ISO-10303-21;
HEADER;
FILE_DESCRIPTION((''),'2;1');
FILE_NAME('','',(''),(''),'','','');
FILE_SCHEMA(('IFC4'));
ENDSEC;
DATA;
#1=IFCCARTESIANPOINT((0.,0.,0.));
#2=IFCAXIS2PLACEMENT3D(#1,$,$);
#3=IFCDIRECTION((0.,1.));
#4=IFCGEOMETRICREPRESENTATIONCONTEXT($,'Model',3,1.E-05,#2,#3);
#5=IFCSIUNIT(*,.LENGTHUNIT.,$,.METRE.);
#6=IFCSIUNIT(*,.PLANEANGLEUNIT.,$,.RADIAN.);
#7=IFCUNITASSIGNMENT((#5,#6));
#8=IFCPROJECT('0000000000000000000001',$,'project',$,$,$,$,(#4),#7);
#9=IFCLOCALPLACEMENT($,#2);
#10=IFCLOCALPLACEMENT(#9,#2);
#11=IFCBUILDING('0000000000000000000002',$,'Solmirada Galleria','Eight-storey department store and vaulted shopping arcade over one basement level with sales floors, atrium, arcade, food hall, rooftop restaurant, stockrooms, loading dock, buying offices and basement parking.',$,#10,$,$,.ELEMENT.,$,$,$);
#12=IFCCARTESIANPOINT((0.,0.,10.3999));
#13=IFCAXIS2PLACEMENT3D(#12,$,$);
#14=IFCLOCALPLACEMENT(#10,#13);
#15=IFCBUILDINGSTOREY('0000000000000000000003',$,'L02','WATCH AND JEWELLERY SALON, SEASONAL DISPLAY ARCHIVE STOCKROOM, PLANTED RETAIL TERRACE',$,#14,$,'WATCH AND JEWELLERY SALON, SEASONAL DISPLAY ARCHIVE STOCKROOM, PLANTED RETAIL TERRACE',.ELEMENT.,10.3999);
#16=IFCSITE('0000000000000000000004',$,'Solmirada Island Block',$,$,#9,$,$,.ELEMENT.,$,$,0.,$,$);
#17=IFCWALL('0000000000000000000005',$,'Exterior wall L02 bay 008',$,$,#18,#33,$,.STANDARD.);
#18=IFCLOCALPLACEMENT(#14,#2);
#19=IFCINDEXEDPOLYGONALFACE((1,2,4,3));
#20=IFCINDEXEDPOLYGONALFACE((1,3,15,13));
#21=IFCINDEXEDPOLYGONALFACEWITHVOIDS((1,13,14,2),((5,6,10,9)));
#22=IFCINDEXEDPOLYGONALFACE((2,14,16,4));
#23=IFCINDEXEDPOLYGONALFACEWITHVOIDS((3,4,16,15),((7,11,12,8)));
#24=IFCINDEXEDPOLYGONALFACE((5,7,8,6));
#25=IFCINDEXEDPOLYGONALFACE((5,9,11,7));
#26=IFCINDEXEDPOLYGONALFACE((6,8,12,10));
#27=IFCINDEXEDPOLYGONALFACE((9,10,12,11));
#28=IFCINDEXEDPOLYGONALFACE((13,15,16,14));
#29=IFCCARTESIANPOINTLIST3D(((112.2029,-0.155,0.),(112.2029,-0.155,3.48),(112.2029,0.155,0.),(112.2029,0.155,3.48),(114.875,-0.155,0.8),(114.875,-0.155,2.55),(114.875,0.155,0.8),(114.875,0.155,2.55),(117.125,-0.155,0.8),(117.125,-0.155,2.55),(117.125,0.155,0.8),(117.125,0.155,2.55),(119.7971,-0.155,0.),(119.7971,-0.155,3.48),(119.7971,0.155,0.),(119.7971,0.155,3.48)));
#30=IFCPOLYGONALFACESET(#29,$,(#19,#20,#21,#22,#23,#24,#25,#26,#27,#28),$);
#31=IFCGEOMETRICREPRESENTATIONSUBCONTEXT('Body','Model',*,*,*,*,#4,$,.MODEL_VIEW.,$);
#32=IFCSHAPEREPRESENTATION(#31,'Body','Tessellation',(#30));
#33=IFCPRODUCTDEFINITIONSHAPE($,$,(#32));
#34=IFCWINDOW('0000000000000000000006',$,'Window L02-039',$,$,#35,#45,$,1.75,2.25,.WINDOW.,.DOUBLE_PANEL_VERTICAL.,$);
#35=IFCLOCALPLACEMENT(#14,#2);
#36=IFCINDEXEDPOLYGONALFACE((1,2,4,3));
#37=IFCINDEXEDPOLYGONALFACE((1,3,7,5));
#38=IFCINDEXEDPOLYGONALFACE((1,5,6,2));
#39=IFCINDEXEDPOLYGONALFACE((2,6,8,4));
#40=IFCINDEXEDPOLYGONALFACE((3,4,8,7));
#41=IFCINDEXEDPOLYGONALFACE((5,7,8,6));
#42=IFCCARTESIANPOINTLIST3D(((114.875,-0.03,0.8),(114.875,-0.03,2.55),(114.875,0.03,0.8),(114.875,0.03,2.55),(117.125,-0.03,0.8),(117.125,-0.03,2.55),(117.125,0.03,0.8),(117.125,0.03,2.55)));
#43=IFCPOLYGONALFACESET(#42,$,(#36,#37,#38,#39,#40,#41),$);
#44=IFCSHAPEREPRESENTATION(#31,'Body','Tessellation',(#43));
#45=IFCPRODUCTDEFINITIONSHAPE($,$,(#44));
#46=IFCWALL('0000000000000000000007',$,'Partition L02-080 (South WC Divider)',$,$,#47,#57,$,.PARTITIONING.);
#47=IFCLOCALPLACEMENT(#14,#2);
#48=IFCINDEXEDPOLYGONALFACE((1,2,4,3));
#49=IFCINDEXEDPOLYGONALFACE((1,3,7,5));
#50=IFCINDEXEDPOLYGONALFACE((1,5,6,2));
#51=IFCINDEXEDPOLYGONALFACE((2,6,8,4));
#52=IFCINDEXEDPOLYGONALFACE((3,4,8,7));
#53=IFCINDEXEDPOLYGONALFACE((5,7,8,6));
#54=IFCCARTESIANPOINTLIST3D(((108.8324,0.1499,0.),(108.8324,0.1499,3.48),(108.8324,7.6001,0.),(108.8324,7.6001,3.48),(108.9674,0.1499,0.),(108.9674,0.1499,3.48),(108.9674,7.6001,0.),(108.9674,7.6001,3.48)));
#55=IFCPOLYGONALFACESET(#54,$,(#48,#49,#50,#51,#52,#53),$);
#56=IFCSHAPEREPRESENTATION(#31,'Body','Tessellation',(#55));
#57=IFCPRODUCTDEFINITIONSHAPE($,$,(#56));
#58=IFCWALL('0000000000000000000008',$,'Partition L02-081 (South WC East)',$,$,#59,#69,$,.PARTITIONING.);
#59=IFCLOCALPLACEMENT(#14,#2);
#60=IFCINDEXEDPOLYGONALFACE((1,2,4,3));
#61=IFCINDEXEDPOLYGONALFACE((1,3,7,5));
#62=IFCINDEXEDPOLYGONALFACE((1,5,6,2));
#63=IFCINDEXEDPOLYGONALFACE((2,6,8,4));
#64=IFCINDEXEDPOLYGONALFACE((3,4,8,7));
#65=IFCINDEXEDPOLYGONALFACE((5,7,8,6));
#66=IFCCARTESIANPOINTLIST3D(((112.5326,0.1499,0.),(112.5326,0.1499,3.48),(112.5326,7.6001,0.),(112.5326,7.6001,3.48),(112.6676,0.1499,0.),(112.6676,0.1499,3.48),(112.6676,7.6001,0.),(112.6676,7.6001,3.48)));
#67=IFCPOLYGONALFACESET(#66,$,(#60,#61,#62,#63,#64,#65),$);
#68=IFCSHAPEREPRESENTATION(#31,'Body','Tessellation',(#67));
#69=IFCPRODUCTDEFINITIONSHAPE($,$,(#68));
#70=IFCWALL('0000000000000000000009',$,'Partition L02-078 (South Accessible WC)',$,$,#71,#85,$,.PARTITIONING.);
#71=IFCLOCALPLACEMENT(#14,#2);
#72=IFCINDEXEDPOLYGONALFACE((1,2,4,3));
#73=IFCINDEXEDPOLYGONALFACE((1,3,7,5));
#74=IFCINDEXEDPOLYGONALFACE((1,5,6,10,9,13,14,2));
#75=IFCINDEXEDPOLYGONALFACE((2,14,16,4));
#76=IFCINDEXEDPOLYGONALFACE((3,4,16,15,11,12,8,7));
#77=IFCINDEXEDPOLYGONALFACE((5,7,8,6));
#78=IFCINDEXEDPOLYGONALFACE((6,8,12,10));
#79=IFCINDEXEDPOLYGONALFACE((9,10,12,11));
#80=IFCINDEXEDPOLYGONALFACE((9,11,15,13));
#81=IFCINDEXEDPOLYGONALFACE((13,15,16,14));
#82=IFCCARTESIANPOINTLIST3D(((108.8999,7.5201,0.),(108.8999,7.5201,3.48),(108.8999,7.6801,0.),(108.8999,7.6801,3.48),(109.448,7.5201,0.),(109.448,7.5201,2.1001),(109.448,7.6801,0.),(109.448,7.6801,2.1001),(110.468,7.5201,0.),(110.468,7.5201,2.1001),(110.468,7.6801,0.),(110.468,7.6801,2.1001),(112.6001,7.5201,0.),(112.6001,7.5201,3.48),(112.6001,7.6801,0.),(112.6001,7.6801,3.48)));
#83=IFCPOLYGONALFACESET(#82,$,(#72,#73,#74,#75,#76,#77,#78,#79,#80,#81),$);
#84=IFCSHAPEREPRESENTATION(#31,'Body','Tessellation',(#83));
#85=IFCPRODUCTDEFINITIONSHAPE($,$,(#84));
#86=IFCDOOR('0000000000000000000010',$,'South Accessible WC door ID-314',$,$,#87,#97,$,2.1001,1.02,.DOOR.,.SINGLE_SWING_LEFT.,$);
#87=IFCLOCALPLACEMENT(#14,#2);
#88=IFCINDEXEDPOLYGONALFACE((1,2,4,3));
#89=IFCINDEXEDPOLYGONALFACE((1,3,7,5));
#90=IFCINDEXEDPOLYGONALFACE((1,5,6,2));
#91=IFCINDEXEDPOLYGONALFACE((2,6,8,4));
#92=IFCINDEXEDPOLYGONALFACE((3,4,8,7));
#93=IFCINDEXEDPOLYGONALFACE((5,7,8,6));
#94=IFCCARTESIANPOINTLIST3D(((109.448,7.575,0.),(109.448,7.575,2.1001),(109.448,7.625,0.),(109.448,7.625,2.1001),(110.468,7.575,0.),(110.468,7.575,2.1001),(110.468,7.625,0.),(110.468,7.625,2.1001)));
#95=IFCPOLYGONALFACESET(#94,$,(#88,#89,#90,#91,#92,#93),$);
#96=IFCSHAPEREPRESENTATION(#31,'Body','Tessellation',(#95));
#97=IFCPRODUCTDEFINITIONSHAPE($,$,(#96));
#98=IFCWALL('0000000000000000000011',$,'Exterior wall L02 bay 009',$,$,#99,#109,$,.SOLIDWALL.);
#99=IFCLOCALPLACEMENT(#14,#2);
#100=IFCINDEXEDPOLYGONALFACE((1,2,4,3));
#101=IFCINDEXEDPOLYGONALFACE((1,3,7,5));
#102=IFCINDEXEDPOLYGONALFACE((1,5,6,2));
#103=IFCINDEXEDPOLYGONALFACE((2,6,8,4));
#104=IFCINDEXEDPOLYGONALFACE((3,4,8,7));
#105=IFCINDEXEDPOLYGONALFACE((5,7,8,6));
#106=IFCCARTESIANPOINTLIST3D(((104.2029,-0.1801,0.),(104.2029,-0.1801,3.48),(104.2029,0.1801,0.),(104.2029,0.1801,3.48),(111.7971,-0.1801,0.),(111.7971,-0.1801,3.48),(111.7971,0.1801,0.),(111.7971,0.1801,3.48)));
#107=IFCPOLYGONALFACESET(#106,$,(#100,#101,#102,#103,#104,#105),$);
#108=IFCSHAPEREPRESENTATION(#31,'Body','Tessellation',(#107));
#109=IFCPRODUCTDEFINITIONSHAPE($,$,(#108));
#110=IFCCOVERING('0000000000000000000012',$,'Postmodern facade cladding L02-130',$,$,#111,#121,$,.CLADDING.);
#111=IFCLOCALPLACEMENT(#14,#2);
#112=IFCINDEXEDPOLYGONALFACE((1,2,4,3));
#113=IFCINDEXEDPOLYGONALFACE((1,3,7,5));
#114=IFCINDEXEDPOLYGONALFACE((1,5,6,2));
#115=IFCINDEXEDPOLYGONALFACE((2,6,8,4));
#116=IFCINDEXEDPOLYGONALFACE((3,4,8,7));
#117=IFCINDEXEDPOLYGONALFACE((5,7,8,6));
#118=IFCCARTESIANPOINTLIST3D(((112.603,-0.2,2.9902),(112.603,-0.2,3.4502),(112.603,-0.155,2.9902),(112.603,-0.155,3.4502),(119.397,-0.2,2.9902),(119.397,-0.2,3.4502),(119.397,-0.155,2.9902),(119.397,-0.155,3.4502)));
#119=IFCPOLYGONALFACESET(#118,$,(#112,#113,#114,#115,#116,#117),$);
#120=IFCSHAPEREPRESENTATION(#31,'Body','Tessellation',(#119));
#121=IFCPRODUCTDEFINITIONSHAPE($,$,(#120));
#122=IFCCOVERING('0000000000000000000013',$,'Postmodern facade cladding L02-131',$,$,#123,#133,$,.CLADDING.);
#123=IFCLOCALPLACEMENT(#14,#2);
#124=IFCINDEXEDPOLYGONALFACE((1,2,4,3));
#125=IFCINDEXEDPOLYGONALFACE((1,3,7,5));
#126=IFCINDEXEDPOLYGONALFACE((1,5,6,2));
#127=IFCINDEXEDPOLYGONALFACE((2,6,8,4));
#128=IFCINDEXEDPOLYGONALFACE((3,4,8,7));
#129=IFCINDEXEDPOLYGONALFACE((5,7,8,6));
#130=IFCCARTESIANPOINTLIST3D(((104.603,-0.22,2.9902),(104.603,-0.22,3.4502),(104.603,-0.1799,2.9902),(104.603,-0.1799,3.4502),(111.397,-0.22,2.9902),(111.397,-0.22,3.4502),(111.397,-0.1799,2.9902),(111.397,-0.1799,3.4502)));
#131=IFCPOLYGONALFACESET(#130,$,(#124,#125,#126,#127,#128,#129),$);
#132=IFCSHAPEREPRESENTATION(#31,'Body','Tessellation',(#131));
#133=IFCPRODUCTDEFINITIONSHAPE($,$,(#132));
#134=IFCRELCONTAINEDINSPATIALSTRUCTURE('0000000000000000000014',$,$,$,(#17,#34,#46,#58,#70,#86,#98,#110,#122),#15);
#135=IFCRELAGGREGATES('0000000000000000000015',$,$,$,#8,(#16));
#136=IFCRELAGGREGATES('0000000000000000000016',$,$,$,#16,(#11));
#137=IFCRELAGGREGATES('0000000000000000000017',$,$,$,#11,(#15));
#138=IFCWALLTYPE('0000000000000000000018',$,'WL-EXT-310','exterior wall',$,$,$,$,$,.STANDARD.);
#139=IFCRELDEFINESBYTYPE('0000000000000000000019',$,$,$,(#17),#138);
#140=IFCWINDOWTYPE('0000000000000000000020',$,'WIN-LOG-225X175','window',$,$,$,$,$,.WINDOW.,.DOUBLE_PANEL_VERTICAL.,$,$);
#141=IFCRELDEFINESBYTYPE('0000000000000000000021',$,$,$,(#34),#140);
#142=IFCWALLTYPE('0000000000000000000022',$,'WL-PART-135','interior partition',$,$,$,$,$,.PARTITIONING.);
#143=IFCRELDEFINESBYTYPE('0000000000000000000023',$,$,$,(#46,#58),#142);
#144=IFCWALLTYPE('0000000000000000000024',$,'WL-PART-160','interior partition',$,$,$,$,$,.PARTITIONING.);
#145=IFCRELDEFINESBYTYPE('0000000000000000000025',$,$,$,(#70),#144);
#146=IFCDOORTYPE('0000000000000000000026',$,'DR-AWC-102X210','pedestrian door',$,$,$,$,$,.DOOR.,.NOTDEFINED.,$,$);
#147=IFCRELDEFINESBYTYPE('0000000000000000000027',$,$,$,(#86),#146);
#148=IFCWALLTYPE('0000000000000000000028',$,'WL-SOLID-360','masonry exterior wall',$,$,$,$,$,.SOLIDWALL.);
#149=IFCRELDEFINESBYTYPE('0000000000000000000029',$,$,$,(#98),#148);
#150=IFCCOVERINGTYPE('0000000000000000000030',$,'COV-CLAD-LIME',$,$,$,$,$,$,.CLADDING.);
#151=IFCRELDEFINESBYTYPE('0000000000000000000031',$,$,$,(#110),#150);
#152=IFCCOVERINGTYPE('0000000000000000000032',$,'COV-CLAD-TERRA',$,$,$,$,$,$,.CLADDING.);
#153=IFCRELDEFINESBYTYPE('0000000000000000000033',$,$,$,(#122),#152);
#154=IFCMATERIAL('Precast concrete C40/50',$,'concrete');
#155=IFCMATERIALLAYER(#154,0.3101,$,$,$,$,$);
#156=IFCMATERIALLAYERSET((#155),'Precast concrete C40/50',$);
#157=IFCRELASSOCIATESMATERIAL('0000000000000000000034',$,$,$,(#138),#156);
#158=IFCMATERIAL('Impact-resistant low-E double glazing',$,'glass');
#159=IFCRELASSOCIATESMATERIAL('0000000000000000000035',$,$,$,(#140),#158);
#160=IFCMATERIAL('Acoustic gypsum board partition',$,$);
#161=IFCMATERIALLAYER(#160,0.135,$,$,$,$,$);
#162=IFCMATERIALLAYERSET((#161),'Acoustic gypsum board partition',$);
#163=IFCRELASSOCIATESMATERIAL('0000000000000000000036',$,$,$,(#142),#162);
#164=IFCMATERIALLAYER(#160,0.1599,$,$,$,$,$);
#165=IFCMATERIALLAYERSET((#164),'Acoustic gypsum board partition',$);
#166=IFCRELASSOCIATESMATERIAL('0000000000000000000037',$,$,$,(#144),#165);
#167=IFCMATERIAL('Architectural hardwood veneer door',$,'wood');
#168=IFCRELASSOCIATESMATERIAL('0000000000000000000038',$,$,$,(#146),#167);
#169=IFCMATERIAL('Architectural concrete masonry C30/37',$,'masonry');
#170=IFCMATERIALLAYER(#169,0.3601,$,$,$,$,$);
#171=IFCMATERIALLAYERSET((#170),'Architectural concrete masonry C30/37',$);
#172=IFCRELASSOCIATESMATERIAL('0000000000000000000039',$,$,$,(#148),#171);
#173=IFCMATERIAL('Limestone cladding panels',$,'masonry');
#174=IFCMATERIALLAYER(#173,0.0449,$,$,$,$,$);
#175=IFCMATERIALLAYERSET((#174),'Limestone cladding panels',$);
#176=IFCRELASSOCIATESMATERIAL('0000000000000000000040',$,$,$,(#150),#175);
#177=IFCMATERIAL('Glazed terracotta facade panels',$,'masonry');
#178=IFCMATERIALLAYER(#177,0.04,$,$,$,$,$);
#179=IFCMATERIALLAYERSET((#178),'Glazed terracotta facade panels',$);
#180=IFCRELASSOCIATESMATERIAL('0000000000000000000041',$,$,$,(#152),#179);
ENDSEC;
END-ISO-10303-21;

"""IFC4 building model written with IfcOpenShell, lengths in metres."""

from ifc_helpers import new_model, si_unit, direction, frame, frame_2d, origin, origin_2d, place, context, subcontext, project, spatial, rectangle, extrude, material, layer, layer_set, type_object, element, fill, save


model = new_model("IFC4")

# Units and contexts
model_context = context("Model", 3, precision=1e-05, world=origin(), true_north=direction((0.0, 1.0)))
body_context = subcontext(model_context, "Body", "Model", "MODEL_VIEW")
ifc_project = project(units=[si_unit("LENGTHUNIT", "METRE"), si_unit("PLANEANGLEUNIT", "RADIAN")], contexts=[model_context])

# Site, building, storey
site_placement = place(None, origin())
site = spatial("IfcSite", under=ifc_project, at=site_placement, Name="Solmirada Island Block", CompositionType="ELEMENT", RefElevation=0.0)
building_placement = place(site_placement, origin())
building = spatial("IfcBuilding", under=site, at=building_placement, Name="Solmirada Galleria", Description="Eight-storey department store and vaulted shopping arcade over one basement level with sales floors, atrium, arcade, food hall, rooftop restaurant, stockrooms, loading dock, buying offices and basement parking.", CompositionType="ELEMENT")
storey_placement = place(building_placement, frame((0.0, 0.0, 10.3999)))
storey = spatial("IfcBuildingStorey", under=building, at=storey_placement, Name="L02", Description="WATCH AND JEWELLERY SALON, SEASONAL DISPLAY ARCHIVE STOCKROOM, PLANTED RETAIL TERRACE", LongName="WATCH AND JEWELLERY SALON, SEASONAL DISPLAY ARCHIVE STOCKROOM, PLANTED RETAIL TERRACE", CompositionType="ELEMENT", Elevation=10.3999)

# Shared definitions
ifc_material_1 = material(Name="Precast concrete C40/50", Category="concrete")

# Wall, opening, window
ifc_layer_1 = layer(ifc_material_1, 0.3101)
ifc_layer_set_1 = layer_set([ifc_layer_1], Name="Precast concrete C40/50")
wall_type_1 = type_object("IfcWallType", Name="WL-EXT-310", Description="exterior wall", PredefinedType="STANDARD", material=ifc_layer_set_1)
wall_1_placement = place(storey_placement, frame((119.7971, 0.0, 0.0), z_axis=(0.0, 0.0, 1.0), x_axis=(-1.0, 0.0, 0.0)))
wall_1 = element("IfcWall", 1, at=wall_1_placement, inside=storey, type_object=wall_type_1, Name="Exterior wall L02 bay 008", PredefinedType="STANDARD", context=body_context, shape_type="SweptSolid", body=[
    extrude(rectangle(XDim=7.5942, YDim=0.3101, at=frame_2d((3.7971, 0.0))), origin(), (0.0, 0.0, 1.0), 3.48),
])
opening_1_placement = place(wall_1_placement, frame((2.6721, 0.0, 0.8)))
opening_1 = element("IfcOpeningElement", 2, at=opening_1_placement, cuts=wall_1, PredefinedType="OPENING", context=body_context, shape_type="SweptSolid", body=[
    extrude(rectangle(XDim=2.25, YDim=1.75, at=frame_2d((1.125, 0.875))), frame((0.0, 0.165, 0.0), z_axis=(0.0, -1.0, 0.0), x_axis=(1.0, 0.0, 0.0)), (0.0, 0.0, 1.0), 0.3301),
])
ifc_material_2 = material(Name="Impact-resistant low-E double glazing", Category="glass")
window_type = type_object("IfcWindowType", Name="WIN-LOG-225X175", Description="window", PartitioningType="DOUBLE_PANEL_VERTICAL", PredefinedType="WINDOW", material=ifc_material_2)
window_placement = place(opening_1_placement, origin())
window = element("IfcWindow", 3, at=window_placement, inside=storey, type_object=window_type, Name="Window L02-039", OverallHeight=1.75, OverallWidth=2.25, PartitioningType="DOUBLE_PANEL_VERTICAL", PredefinedType="WINDOW", context=body_context, shape_type="SweptSolid", body=[
    extrude(rectangle(XDim=2.25, YDim=1.75, at=frame_2d((1.125, 0.875))), frame((0.0, 0.03, 0.0), z_axis=(0.0, -1.0, 0.0), x_axis=(1.0, 0.0, 0.0)), (0.0, 0.0, 1.0), 0.0601),
])
fill(opening_1, window)

# Walls
ifc_material_3 = material(Name="Acoustic gypsum board partition")
ifc_layer_2 = layer(ifc_material_3, 0.135)
ifc_layer_set_2 = layer_set([ifc_layer_2], Name="Acoustic gypsum board partition")
wall_type_2 = type_object("IfcWallType", Name="WL-PART-135", Description="interior partition", PredefinedType="PARTITIONING", material=ifc_layer_set_2)
for number, where, z_axis, x_axis, name in (
    (4, (108.8999, 0.1499, 0.0), (0.0, 0.0, 1.0), (0.0, 1.0, 0.0), "Partition L02-080 (South WC Divider)"),
    (5, (112.6001, 0.1499, 0.0), (0.0, 0.0, 1.0), (0.0, 1.0, 0.0), "Partition L02-081 (South WC East)"),
):
    element("IfcWall", number, at=place(storey_placement, frame(where, z_axis=z_axis, x_axis=x_axis)), inside=storey, type_object=wall_type_2, Name=name, PredefinedType="PARTITIONING", context=body_context, shape_type="SweptSolid", body=[
        extrude(rectangle(XDim=7.4502, YDim=0.135, at=frame_2d((3.7251, 0.0))), origin(), (0.0, 0.0, 1.0), 3.48),
    ])

# Wall, opening, door
ifc_layer_3 = layer(ifc_material_3, 0.1599)
ifc_layer_set_3 = layer_set([ifc_layer_3], Name="Acoustic gypsum board partition")
wall_type_3 = type_object("IfcWallType", Name="WL-PART-160", Description="interior partition", PredefinedType="PARTITIONING", material=ifc_layer_set_3)
wall_2_placement = place(storey_placement, frame((108.8999, 7.6001, 0.0), z_axis=(0.0, 0.0, 1.0), x_axis=(1.0, 0.0, 0.0)))
wall_2 = element("IfcWall", 6, at=wall_2_placement, inside=storey, type_object=wall_type_3, Name="Partition L02-078 (South Accessible WC)", PredefinedType="PARTITIONING", context=body_context, shape_type="SweptSolid", body=[
    extrude(rectangle(XDim=3.7002, YDim=0.1599, at=frame_2d((1.8501, 0.0))), origin(), (0.0, 0.0, 1.0), 3.48),
])
opening_2_placement = place(wall_2_placement, frame((0.5481, 0.0, 0.0)))
opening_2 = element("IfcOpeningElement", 7, at=opening_2_placement, cuts=wall_2, PredefinedType="OPENING", context=body_context, shape_type="SweptSolid", body=[
    extrude(rectangle(XDim=1.02, YDim=2.1001, at=frame_2d((0.51, 1.05))), frame((0.0, 0.0898, 0.0), z_axis=(0.0, -1.0, 0.0), x_axis=(1.0, 0.0, 0.0)), (0.0, 0.0, 1.0), 0.1799),
])
ifc_material_4 = material(Name="Architectural hardwood veneer door", Category="wood")
door_type = type_object("IfcDoorType", Name="DR-AWC-102X210", Description="pedestrian door", OperationType="NOTDEFINED", PredefinedType="DOOR", material=ifc_material_4)
door_placement = place(opening_2_placement, origin())
door = element("IfcDoor", 8, at=door_placement, inside=storey, type_object=door_type, Name="South Accessible WC door ID-314", OperationType="SINGLE_SWING_LEFT", OverallHeight=2.1001, OverallWidth=1.02, PredefinedType="DOOR", context=body_context, shape_type="SweptSolid", body=[
    extrude(rectangle(XDim=1.02, YDim=2.1001, at=frame_2d((0.51, 1.05))), frame((0.0, 0.0249, 0.0), z_axis=(0.0, -1.0, 0.0), x_axis=(1.0, 0.0, 0.0)), (0.0, 0.0, 1.0), 0.05),
])
fill(opening_2, door)

# Wall
ifc_material_5 = material(Name="Architectural concrete masonry C30/37", Category="masonry")
ifc_layer_4 = layer(ifc_material_5, 0.3601)
ifc_layer_set_4 = layer_set([ifc_layer_4], Name="Architectural concrete masonry C30/37")
wall_type_4 = type_object("IfcWallType", Name="WL-SOLID-360", Description="masonry exterior wall", PredefinedType="SOLIDWALL", material=ifc_layer_set_4)
wall_3_placement = place(storey_placement, frame((111.7971, 0.0, 0.0), z_axis=(0.0, 0.0, 1.0), x_axis=(-1.0, 0.0, 0.0)))
element("IfcWall", 9, at=wall_3_placement, inside=storey, type_object=wall_type_4, Name="Exterior wall L02 bay 009", PredefinedType="SOLIDWALL", context=body_context, shape_type="SweptSolid", body=[
    extrude(rectangle(XDim=7.5942, YDim=0.3601, at=frame_2d((3.7971, 0.0))), origin(), (0.0, 0.0, 1.0), 3.48),
])

# Coverings
ifc_material_6 = material(Name="Limestone cladding panels", Category="masonry")
ifc_layer_5 = layer(ifc_material_6, 0.0449)
ifc_layer_set_5 = layer_set([ifc_layer_5], Name="Limestone cladding panels")
covering_type_1 = type_object("IfcCoveringType", Name="COV-CLAD-LIME", PredefinedType="CLADDING", material=ifc_layer_set_5)
covering_1_placement = place(storey_placement, frame((116.0, -0.1775, 2.9902), z_axis=(0.0, 0.0, 1.0), x_axis=(-1.0, 0.0, 0.0)))
element("IfcCovering", 10, at=covering_1_placement, inside=storey, type_object=covering_type_1, Name="Postmodern facade cladding L02-130", PredefinedType="CLADDING", context=body_context, shape_type="SweptSolid", body=[
    extrude(rectangle(XDim=6.7939, YDim=0.0449, at=origin_2d()), origin(), (0.0, 0.0, 1.0), 0.46),
])
ifc_material_7 = material(Name="Glazed terracotta facade panels", Category="masonry")
ifc_layer_6 = layer(ifc_material_7, 0.04)
ifc_layer_set_6 = layer_set([ifc_layer_6], Name="Glazed terracotta facade panels")
covering_type_2 = type_object("IfcCoveringType", Name="COV-CLAD-TERRA", PredefinedType="CLADDING", material=ifc_layer_set_6)
covering_2_placement = place(storey_placement, frame((108.0, -0.2, 2.9902), z_axis=(0.0, 0.0, 1.0), x_axis=(-1.0, 0.0, 0.0)))
element("IfcCovering", 11, at=covering_2_placement, inside=storey, type_object=covering_type_2, Name="Postmodern facade cladding L02-131", PredefinedType="CLADDING", context=body_context, shape_type="SweptSolid", body=[
    extrude(rectangle(XDim=6.7939, YDim=0.04, at=origin_2d()), origin(), (0.0, 0.0, 1.0), 0.46),
])

save(model, "model.ifc")
